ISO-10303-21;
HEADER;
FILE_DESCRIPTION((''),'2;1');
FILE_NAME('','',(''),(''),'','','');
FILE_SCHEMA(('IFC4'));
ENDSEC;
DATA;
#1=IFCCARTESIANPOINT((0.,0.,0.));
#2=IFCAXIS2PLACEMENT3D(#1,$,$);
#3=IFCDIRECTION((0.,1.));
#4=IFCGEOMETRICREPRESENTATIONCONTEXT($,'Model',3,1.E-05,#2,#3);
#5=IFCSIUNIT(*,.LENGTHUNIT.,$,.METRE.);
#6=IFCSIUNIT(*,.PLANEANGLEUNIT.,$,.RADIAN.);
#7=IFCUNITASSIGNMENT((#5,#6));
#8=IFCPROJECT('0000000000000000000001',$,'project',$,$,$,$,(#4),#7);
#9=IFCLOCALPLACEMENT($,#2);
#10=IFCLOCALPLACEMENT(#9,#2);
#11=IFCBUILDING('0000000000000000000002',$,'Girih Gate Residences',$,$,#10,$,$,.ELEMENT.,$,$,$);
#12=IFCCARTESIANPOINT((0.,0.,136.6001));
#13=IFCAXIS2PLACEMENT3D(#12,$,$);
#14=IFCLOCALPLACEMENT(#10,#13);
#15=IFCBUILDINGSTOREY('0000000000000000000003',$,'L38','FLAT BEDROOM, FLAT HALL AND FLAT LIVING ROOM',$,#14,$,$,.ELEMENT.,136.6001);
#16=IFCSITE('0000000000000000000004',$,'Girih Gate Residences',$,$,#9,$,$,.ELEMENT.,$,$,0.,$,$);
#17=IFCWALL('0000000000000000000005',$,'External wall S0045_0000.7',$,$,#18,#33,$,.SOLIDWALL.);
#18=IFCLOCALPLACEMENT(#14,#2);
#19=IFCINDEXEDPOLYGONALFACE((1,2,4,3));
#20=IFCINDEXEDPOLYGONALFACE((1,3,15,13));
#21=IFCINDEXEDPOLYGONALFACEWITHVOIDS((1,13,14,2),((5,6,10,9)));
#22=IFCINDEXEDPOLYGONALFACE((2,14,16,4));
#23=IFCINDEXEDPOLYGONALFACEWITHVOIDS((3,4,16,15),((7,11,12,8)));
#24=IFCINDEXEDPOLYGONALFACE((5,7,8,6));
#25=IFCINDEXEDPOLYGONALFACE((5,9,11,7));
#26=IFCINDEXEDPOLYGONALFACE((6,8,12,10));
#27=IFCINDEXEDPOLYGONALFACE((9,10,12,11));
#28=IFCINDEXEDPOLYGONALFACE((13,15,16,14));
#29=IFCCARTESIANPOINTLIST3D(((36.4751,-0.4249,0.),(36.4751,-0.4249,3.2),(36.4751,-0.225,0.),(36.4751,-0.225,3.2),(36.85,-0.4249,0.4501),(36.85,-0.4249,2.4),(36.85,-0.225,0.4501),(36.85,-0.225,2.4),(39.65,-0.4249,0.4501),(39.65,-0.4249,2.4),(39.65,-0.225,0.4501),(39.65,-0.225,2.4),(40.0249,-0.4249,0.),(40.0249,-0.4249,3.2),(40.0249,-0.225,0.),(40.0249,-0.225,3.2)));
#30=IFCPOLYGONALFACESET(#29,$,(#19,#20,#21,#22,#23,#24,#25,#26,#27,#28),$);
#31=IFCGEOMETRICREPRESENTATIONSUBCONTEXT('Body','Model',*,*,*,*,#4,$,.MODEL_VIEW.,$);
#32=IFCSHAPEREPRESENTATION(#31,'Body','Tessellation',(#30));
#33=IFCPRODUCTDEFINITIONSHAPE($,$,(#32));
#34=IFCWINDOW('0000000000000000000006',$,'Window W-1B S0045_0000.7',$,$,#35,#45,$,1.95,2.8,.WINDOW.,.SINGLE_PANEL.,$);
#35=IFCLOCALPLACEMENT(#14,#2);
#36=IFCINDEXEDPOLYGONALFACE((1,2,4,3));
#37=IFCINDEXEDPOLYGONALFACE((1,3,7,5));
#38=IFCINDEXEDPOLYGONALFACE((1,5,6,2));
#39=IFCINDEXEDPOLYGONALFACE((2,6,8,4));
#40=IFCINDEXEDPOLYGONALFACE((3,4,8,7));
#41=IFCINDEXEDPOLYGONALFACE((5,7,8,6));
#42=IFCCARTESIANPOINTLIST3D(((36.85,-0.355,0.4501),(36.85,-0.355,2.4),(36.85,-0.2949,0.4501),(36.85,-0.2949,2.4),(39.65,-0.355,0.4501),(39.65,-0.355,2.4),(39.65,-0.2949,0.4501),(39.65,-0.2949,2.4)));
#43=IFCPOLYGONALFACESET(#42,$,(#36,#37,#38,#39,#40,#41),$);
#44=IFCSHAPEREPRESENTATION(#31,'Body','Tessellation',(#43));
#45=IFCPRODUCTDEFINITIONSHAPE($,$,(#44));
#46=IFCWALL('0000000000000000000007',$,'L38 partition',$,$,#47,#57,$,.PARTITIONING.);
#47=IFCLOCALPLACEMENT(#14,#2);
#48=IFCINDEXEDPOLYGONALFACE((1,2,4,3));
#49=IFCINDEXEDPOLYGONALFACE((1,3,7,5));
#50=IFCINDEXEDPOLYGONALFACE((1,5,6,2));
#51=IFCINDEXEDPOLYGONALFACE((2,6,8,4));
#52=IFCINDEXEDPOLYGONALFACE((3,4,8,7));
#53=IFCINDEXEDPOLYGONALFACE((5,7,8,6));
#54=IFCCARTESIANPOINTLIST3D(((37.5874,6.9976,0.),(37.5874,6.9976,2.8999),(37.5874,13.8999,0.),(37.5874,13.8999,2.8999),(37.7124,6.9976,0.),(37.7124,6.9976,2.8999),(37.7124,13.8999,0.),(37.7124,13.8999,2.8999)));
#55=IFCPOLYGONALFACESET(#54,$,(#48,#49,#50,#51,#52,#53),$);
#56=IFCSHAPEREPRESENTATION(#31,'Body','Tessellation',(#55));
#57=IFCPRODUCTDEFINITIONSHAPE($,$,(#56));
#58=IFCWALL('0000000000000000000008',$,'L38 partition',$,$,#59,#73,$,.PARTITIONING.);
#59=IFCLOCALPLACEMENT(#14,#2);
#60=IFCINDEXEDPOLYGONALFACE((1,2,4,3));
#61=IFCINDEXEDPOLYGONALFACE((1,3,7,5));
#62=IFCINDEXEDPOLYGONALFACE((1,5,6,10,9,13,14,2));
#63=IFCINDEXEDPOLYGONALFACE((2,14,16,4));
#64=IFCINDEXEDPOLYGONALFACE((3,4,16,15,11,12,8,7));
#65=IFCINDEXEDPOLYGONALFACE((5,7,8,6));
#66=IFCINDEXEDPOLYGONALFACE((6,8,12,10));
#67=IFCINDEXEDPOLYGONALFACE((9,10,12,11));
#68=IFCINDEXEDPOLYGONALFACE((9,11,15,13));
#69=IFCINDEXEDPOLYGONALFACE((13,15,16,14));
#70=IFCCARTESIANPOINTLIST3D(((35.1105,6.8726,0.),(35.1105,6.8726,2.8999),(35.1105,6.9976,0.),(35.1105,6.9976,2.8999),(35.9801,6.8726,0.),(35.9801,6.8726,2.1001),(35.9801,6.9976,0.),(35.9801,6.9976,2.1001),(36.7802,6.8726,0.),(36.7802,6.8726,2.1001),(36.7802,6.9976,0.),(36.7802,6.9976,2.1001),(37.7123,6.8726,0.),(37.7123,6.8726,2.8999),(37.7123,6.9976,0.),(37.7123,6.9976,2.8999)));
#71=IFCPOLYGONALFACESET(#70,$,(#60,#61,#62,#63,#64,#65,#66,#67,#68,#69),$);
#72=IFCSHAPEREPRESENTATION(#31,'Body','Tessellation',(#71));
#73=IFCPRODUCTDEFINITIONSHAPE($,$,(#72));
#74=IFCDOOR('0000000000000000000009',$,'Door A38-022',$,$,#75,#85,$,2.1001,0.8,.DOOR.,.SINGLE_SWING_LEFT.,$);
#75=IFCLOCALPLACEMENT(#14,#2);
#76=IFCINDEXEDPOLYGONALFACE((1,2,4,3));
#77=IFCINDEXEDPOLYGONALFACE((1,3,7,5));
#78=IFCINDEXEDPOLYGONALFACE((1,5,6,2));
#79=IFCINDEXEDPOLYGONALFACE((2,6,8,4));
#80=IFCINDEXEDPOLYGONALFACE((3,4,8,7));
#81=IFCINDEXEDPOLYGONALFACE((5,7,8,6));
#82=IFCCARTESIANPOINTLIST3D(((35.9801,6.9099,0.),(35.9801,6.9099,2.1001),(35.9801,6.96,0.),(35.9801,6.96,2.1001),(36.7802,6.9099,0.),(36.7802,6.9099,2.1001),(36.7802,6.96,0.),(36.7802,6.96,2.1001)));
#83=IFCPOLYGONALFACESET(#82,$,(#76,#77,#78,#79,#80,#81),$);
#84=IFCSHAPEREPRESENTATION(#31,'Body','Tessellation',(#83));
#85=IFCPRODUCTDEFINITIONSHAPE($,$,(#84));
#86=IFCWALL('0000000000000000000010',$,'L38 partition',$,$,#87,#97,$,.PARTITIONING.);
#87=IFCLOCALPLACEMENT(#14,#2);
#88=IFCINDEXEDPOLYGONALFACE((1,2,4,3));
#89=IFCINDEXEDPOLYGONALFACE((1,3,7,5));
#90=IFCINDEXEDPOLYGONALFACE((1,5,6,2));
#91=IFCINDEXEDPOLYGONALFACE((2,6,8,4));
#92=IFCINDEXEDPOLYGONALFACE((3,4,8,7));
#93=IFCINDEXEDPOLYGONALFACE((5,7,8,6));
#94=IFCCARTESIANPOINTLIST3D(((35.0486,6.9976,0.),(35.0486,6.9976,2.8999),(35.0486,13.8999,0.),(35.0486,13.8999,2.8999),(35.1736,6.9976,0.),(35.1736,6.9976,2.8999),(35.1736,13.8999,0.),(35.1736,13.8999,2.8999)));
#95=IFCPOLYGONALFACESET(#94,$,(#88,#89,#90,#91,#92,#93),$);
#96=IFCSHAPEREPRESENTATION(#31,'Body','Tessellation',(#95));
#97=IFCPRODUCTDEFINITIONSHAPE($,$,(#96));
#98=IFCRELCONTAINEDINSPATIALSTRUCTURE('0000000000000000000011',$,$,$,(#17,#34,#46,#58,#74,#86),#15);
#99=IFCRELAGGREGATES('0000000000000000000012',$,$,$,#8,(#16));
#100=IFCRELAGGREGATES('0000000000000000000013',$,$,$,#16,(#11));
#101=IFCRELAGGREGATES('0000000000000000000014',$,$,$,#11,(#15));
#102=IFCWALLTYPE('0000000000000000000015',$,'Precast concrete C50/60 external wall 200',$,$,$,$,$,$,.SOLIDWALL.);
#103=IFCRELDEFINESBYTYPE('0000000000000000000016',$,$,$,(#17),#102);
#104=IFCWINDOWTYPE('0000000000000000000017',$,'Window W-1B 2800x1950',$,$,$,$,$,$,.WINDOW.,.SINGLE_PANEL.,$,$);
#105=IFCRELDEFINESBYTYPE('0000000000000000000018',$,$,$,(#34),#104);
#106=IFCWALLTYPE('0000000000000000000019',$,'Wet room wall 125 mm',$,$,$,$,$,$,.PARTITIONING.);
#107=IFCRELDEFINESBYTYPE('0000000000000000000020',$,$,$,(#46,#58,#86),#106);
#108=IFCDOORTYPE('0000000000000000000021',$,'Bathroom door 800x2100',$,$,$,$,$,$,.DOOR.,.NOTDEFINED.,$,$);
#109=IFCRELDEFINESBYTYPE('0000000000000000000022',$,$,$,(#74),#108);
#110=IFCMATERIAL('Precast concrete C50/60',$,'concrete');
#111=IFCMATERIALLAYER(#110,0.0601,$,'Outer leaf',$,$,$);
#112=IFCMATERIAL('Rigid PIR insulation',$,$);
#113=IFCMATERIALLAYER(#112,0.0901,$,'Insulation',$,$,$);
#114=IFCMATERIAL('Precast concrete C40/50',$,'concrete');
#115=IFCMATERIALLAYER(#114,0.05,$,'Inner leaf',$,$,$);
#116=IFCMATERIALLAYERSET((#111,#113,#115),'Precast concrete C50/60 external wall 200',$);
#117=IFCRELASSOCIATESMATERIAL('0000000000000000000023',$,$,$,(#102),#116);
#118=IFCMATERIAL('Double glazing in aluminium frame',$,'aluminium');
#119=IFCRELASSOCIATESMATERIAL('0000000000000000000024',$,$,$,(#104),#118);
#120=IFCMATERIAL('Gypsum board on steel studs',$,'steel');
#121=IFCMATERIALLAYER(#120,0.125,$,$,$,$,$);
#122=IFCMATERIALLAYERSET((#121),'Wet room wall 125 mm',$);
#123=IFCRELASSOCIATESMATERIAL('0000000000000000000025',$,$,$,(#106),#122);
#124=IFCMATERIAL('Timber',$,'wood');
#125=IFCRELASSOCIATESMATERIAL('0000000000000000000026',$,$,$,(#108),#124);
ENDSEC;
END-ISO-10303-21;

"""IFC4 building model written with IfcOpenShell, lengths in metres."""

from ifc_helpers import new_model, si_unit, direction, frame, frame_2d, origin, place, context, subcontext, project, spatial, rectangle, extrude, material, layer, layer_set, type_object, element, fill, save


model = new_model("IFC4")

# Units and contexts
model_context = context("Model", 3, precision=1e-05, world=origin(), true_north=direction((0.0, 1.0)))
body_context = subcontext(model_context, "Body", "Model", "MODEL_VIEW")
ifc_project = project(units=[si_unit("LENGTHUNIT", "METRE"), si_unit("PLANEANGLEUNIT", "RADIAN")], contexts=[model_context])

# Site, building, storey
site_placement = place(None, origin())
site = spatial("IfcSite", under=ifc_project, at=site_placement, Name="Girih Gate Residences", CompositionType="ELEMENT", RefElevation=0.0)
building_placement = place(site_placement, origin())
building = spatial("IfcBuilding", under=site, at=building_placement, Name="Girih Gate Residences", CompositionType="ELEMENT")
storey_placement = place(building_placement, frame((0.0, 0.0, 136.6001)))
storey = spatial("IfcBuildingStorey", under=building, at=storey_placement, Name="L38", Description="FLAT BEDROOM, FLAT HALL AND FLAT LIVING ROOM", CompositionType="ELEMENT", Elevation=136.6001)

# Shared definitions
ifc_material_1 = material(Name="Gypsum board on steel studs", Category="steel")

# Shared definitions
ifc_material_2 = material(Name="Timber", Category="wood")

# Wall, opening, window
ifc_material_3 = material(Name="Precast concrete C50/60", Category="concrete")
ifc_layer_1 = layer(ifc_material_3, 0.0601, Name="Outer leaf")
ifc_material_4 = material(Name="Rigid PIR insulation")
ifc_layer_2 = layer(ifc_material_4, 0.0901, Name="Insulation")
ifc_material_5 = material(Name="Precast concrete C40/50", Category="concrete")
ifc_layer_3 = layer(ifc_material_5, 0.05, Name="Inner leaf")
ifc_layer_set_1 = layer_set([ifc_layer_1, ifc_layer_2, ifc_layer_3], Name="Precast concrete C50/60 external wall 200")
wall_type_1 = type_object("IfcWallType", Name="Precast concrete C50/60 external wall 200", PredefinedType="SOLIDWALL", material=ifc_layer_set_1)
ifc_material_6 = material(Name="Double glazing in aluminium frame", Category="aluminium")
window_type = type_object("IfcWindowType", Name="Window W-1B 2800x1950", PartitioningType="SINGLE_PANEL", PredefinedType="WINDOW", material=ifc_material_6)
wall_1_placement = place(storey_placement, frame((40.0249, -0.325, 0.0), z_axis=(0.0, 0.0, 1.0), x_axis=(-1.0, 0.0, 0.0)))
wall_1 = element("IfcWall", 1, at=wall_1_placement, inside=storey, type_object=wall_type_1, Name="External wall S0045_0000.7", PredefinedType="SOLIDWALL", context=body_context, shape_type="SweptSolid", body=[
    extrude(rectangle(XDim=3.5498, YDim=0.2, at=frame_2d((1.7749, 0.0))), origin(), (0.0, 0.0, 1.0), 3.2),
])
opening_1_placement = place(wall_1_placement, frame((0.375, 0.0, 0.45)))
opening_1 = element("IfcOpeningElement", 2, at=opening_1_placement, cuts=wall_1, PredefinedType="OPENING", context=body_context, shape_type="SweptSolid", body=[
    extrude(rectangle(XDim=2.8, YDim=1.95, at=frame_2d((1.3999, 0.9751))), frame((0.0, 0.1099, 0.0), z_axis=(0.0, -1.0, 0.0), x_axis=(1.0, 0.0, 0.0)), (0.0, 0.0, 1.0), 0.22),
])
window_1_placement = place(opening_1_placement, origin())
window_1 = element("IfcWindow", 3, at=window_1_placement, inside=storey, type_object=window_type, Name="Window W-1B S0045_0000.7", OverallHeight=1.95, OverallWidth=2.8, PartitioningType="SINGLE_PANEL", PredefinedType="WINDOW", context=body_context, shape_type="SweptSolid", body=[
    extrude(rectangle(XDim=2.8, YDim=1.95, at=frame_2d((1.3999, 0.9751))), frame((0.0, 0.03, 0.0), z_axis=(0.0, -1.0, 0.0), x_axis=(1.0, 0.0, 0.0)), (0.0, 0.0, 1.0), 0.0601),
])
fill(opening_1, window_1)

# Wall
ifc_layer_4 = layer(ifc_material_1, 0.125)
ifc_layer_set_2 = layer_set([ifc_layer_4], Name="Wet room wall 125 mm")
wall_type_2 = type_object("IfcWallType", Name="Wet room wall 125 mm", PredefinedType="PARTITIONING", material=ifc_layer_set_2)
wall_2_placement = place(storey_placement, frame((37.6499, 6.9976, 0.0), z_axis=(0.0, 0.0, 1.0), x_axis=(0.0, 1.0, 0.0)))
element("IfcWall", 4, at=wall_2_placement, inside=storey, type_object=wall_type_2, Name="L38 partition", PredefinedType="PARTITIONING", context=body_context, shape_type="SweptSolid", body=[
    extrude(rectangle(XDim=6.9023, YDim=0.125, at=frame_2d((3.4512, 0.0))), origin(), (0.0, 0.0, 1.0), 2.8999),
])

# Wall, opening, door
wall_3_placement = place(storey_placement, frame((35.1106, 6.9351, 0.0), z_axis=(0.0, 0.0, 1.0), x_axis=(1.0, 0.0, 0.0)))
wall_3 = element("IfcWall", 5, at=wall_3_placement, inside=storey, type_object=wall_type_2, Name="L38 partition", PredefinedType="PARTITIONING", context=body_context, shape_type="SweptSolid", body=[
    extrude(rectangle(XDim=2.6018, YDim=0.125, at=frame_2d((1.3008, 0.0))), origin(), (0.0, 0.0, 1.0), 2.8999),
])
opening_2_placement = place(wall_3_placement, frame((0.8696, 0.0, 0.0)))
opening_2 = element("IfcOpeningElement", 6, at=opening_2_placement, cuts=wall_3, PredefinedType="OPENING", context=body_context, shape_type="SweptSolid", body=[
    extrude(rectangle(XDim=0.8, YDim=2.1001, at=frame_2d((0.3999, 1.05))), frame((0.0, 0.0725, 0.0), z_axis=(0.0, -1.0, 0.0), x_axis=(1.0, 0.0, 0.0)), (0.0, 0.0, 1.0), 0.145),
])
door_type_1 = type_object("IfcDoorType", Name="Bathroom door 800x2100", OperationType="NOTDEFINED", PredefinedType="DOOR", material=ifc_material_2)
door_1_placement = place(opening_2_placement, origin())
door_1 = element("IfcDoor", 7, at=door_1_placement, inside=storey, type_object=door_type_1, Name="Door A38-022", OperationType="SINGLE_SWING_LEFT", OverallHeight=2.1001, OverallWidth=0.8, PredefinedType="DOOR", context=body_context, shape_type="SweptSolid", body=[
    extrude(rectangle(XDim=0.8, YDim=2.1001, at=frame_2d((0.3999, 1.05))), frame((0.0, 0.0249, 0.0), z_axis=(0.0, -1.0, 0.0), x_axis=(1.0, 0.0, 0.0)), (0.0, 0.0, 1.0), 0.05),
])
fill(opening_2, door_1)

# Wall
wall_4_placement = place(storey_placement, frame((35.1111, 6.9976, 0.0), z_axis=(0.0, 0.0, 1.0), x_axis=(0.0, 1.0, 0.0)))
element("IfcWall", 8, at=wall_4_placement, inside=storey, type_object=wall_type_2, Name="L38 partition", PredefinedType="PARTITIONING", context=body_context, shape_type="SweptSolid", body=[
    extrude(rectangle(XDim=6.9023, YDim=0.125, at=frame_2d((3.4512, 0.0))), origin(), (0.0, 0.0, 1.0), 2.8999),
])

save(model, "model.ifc")
